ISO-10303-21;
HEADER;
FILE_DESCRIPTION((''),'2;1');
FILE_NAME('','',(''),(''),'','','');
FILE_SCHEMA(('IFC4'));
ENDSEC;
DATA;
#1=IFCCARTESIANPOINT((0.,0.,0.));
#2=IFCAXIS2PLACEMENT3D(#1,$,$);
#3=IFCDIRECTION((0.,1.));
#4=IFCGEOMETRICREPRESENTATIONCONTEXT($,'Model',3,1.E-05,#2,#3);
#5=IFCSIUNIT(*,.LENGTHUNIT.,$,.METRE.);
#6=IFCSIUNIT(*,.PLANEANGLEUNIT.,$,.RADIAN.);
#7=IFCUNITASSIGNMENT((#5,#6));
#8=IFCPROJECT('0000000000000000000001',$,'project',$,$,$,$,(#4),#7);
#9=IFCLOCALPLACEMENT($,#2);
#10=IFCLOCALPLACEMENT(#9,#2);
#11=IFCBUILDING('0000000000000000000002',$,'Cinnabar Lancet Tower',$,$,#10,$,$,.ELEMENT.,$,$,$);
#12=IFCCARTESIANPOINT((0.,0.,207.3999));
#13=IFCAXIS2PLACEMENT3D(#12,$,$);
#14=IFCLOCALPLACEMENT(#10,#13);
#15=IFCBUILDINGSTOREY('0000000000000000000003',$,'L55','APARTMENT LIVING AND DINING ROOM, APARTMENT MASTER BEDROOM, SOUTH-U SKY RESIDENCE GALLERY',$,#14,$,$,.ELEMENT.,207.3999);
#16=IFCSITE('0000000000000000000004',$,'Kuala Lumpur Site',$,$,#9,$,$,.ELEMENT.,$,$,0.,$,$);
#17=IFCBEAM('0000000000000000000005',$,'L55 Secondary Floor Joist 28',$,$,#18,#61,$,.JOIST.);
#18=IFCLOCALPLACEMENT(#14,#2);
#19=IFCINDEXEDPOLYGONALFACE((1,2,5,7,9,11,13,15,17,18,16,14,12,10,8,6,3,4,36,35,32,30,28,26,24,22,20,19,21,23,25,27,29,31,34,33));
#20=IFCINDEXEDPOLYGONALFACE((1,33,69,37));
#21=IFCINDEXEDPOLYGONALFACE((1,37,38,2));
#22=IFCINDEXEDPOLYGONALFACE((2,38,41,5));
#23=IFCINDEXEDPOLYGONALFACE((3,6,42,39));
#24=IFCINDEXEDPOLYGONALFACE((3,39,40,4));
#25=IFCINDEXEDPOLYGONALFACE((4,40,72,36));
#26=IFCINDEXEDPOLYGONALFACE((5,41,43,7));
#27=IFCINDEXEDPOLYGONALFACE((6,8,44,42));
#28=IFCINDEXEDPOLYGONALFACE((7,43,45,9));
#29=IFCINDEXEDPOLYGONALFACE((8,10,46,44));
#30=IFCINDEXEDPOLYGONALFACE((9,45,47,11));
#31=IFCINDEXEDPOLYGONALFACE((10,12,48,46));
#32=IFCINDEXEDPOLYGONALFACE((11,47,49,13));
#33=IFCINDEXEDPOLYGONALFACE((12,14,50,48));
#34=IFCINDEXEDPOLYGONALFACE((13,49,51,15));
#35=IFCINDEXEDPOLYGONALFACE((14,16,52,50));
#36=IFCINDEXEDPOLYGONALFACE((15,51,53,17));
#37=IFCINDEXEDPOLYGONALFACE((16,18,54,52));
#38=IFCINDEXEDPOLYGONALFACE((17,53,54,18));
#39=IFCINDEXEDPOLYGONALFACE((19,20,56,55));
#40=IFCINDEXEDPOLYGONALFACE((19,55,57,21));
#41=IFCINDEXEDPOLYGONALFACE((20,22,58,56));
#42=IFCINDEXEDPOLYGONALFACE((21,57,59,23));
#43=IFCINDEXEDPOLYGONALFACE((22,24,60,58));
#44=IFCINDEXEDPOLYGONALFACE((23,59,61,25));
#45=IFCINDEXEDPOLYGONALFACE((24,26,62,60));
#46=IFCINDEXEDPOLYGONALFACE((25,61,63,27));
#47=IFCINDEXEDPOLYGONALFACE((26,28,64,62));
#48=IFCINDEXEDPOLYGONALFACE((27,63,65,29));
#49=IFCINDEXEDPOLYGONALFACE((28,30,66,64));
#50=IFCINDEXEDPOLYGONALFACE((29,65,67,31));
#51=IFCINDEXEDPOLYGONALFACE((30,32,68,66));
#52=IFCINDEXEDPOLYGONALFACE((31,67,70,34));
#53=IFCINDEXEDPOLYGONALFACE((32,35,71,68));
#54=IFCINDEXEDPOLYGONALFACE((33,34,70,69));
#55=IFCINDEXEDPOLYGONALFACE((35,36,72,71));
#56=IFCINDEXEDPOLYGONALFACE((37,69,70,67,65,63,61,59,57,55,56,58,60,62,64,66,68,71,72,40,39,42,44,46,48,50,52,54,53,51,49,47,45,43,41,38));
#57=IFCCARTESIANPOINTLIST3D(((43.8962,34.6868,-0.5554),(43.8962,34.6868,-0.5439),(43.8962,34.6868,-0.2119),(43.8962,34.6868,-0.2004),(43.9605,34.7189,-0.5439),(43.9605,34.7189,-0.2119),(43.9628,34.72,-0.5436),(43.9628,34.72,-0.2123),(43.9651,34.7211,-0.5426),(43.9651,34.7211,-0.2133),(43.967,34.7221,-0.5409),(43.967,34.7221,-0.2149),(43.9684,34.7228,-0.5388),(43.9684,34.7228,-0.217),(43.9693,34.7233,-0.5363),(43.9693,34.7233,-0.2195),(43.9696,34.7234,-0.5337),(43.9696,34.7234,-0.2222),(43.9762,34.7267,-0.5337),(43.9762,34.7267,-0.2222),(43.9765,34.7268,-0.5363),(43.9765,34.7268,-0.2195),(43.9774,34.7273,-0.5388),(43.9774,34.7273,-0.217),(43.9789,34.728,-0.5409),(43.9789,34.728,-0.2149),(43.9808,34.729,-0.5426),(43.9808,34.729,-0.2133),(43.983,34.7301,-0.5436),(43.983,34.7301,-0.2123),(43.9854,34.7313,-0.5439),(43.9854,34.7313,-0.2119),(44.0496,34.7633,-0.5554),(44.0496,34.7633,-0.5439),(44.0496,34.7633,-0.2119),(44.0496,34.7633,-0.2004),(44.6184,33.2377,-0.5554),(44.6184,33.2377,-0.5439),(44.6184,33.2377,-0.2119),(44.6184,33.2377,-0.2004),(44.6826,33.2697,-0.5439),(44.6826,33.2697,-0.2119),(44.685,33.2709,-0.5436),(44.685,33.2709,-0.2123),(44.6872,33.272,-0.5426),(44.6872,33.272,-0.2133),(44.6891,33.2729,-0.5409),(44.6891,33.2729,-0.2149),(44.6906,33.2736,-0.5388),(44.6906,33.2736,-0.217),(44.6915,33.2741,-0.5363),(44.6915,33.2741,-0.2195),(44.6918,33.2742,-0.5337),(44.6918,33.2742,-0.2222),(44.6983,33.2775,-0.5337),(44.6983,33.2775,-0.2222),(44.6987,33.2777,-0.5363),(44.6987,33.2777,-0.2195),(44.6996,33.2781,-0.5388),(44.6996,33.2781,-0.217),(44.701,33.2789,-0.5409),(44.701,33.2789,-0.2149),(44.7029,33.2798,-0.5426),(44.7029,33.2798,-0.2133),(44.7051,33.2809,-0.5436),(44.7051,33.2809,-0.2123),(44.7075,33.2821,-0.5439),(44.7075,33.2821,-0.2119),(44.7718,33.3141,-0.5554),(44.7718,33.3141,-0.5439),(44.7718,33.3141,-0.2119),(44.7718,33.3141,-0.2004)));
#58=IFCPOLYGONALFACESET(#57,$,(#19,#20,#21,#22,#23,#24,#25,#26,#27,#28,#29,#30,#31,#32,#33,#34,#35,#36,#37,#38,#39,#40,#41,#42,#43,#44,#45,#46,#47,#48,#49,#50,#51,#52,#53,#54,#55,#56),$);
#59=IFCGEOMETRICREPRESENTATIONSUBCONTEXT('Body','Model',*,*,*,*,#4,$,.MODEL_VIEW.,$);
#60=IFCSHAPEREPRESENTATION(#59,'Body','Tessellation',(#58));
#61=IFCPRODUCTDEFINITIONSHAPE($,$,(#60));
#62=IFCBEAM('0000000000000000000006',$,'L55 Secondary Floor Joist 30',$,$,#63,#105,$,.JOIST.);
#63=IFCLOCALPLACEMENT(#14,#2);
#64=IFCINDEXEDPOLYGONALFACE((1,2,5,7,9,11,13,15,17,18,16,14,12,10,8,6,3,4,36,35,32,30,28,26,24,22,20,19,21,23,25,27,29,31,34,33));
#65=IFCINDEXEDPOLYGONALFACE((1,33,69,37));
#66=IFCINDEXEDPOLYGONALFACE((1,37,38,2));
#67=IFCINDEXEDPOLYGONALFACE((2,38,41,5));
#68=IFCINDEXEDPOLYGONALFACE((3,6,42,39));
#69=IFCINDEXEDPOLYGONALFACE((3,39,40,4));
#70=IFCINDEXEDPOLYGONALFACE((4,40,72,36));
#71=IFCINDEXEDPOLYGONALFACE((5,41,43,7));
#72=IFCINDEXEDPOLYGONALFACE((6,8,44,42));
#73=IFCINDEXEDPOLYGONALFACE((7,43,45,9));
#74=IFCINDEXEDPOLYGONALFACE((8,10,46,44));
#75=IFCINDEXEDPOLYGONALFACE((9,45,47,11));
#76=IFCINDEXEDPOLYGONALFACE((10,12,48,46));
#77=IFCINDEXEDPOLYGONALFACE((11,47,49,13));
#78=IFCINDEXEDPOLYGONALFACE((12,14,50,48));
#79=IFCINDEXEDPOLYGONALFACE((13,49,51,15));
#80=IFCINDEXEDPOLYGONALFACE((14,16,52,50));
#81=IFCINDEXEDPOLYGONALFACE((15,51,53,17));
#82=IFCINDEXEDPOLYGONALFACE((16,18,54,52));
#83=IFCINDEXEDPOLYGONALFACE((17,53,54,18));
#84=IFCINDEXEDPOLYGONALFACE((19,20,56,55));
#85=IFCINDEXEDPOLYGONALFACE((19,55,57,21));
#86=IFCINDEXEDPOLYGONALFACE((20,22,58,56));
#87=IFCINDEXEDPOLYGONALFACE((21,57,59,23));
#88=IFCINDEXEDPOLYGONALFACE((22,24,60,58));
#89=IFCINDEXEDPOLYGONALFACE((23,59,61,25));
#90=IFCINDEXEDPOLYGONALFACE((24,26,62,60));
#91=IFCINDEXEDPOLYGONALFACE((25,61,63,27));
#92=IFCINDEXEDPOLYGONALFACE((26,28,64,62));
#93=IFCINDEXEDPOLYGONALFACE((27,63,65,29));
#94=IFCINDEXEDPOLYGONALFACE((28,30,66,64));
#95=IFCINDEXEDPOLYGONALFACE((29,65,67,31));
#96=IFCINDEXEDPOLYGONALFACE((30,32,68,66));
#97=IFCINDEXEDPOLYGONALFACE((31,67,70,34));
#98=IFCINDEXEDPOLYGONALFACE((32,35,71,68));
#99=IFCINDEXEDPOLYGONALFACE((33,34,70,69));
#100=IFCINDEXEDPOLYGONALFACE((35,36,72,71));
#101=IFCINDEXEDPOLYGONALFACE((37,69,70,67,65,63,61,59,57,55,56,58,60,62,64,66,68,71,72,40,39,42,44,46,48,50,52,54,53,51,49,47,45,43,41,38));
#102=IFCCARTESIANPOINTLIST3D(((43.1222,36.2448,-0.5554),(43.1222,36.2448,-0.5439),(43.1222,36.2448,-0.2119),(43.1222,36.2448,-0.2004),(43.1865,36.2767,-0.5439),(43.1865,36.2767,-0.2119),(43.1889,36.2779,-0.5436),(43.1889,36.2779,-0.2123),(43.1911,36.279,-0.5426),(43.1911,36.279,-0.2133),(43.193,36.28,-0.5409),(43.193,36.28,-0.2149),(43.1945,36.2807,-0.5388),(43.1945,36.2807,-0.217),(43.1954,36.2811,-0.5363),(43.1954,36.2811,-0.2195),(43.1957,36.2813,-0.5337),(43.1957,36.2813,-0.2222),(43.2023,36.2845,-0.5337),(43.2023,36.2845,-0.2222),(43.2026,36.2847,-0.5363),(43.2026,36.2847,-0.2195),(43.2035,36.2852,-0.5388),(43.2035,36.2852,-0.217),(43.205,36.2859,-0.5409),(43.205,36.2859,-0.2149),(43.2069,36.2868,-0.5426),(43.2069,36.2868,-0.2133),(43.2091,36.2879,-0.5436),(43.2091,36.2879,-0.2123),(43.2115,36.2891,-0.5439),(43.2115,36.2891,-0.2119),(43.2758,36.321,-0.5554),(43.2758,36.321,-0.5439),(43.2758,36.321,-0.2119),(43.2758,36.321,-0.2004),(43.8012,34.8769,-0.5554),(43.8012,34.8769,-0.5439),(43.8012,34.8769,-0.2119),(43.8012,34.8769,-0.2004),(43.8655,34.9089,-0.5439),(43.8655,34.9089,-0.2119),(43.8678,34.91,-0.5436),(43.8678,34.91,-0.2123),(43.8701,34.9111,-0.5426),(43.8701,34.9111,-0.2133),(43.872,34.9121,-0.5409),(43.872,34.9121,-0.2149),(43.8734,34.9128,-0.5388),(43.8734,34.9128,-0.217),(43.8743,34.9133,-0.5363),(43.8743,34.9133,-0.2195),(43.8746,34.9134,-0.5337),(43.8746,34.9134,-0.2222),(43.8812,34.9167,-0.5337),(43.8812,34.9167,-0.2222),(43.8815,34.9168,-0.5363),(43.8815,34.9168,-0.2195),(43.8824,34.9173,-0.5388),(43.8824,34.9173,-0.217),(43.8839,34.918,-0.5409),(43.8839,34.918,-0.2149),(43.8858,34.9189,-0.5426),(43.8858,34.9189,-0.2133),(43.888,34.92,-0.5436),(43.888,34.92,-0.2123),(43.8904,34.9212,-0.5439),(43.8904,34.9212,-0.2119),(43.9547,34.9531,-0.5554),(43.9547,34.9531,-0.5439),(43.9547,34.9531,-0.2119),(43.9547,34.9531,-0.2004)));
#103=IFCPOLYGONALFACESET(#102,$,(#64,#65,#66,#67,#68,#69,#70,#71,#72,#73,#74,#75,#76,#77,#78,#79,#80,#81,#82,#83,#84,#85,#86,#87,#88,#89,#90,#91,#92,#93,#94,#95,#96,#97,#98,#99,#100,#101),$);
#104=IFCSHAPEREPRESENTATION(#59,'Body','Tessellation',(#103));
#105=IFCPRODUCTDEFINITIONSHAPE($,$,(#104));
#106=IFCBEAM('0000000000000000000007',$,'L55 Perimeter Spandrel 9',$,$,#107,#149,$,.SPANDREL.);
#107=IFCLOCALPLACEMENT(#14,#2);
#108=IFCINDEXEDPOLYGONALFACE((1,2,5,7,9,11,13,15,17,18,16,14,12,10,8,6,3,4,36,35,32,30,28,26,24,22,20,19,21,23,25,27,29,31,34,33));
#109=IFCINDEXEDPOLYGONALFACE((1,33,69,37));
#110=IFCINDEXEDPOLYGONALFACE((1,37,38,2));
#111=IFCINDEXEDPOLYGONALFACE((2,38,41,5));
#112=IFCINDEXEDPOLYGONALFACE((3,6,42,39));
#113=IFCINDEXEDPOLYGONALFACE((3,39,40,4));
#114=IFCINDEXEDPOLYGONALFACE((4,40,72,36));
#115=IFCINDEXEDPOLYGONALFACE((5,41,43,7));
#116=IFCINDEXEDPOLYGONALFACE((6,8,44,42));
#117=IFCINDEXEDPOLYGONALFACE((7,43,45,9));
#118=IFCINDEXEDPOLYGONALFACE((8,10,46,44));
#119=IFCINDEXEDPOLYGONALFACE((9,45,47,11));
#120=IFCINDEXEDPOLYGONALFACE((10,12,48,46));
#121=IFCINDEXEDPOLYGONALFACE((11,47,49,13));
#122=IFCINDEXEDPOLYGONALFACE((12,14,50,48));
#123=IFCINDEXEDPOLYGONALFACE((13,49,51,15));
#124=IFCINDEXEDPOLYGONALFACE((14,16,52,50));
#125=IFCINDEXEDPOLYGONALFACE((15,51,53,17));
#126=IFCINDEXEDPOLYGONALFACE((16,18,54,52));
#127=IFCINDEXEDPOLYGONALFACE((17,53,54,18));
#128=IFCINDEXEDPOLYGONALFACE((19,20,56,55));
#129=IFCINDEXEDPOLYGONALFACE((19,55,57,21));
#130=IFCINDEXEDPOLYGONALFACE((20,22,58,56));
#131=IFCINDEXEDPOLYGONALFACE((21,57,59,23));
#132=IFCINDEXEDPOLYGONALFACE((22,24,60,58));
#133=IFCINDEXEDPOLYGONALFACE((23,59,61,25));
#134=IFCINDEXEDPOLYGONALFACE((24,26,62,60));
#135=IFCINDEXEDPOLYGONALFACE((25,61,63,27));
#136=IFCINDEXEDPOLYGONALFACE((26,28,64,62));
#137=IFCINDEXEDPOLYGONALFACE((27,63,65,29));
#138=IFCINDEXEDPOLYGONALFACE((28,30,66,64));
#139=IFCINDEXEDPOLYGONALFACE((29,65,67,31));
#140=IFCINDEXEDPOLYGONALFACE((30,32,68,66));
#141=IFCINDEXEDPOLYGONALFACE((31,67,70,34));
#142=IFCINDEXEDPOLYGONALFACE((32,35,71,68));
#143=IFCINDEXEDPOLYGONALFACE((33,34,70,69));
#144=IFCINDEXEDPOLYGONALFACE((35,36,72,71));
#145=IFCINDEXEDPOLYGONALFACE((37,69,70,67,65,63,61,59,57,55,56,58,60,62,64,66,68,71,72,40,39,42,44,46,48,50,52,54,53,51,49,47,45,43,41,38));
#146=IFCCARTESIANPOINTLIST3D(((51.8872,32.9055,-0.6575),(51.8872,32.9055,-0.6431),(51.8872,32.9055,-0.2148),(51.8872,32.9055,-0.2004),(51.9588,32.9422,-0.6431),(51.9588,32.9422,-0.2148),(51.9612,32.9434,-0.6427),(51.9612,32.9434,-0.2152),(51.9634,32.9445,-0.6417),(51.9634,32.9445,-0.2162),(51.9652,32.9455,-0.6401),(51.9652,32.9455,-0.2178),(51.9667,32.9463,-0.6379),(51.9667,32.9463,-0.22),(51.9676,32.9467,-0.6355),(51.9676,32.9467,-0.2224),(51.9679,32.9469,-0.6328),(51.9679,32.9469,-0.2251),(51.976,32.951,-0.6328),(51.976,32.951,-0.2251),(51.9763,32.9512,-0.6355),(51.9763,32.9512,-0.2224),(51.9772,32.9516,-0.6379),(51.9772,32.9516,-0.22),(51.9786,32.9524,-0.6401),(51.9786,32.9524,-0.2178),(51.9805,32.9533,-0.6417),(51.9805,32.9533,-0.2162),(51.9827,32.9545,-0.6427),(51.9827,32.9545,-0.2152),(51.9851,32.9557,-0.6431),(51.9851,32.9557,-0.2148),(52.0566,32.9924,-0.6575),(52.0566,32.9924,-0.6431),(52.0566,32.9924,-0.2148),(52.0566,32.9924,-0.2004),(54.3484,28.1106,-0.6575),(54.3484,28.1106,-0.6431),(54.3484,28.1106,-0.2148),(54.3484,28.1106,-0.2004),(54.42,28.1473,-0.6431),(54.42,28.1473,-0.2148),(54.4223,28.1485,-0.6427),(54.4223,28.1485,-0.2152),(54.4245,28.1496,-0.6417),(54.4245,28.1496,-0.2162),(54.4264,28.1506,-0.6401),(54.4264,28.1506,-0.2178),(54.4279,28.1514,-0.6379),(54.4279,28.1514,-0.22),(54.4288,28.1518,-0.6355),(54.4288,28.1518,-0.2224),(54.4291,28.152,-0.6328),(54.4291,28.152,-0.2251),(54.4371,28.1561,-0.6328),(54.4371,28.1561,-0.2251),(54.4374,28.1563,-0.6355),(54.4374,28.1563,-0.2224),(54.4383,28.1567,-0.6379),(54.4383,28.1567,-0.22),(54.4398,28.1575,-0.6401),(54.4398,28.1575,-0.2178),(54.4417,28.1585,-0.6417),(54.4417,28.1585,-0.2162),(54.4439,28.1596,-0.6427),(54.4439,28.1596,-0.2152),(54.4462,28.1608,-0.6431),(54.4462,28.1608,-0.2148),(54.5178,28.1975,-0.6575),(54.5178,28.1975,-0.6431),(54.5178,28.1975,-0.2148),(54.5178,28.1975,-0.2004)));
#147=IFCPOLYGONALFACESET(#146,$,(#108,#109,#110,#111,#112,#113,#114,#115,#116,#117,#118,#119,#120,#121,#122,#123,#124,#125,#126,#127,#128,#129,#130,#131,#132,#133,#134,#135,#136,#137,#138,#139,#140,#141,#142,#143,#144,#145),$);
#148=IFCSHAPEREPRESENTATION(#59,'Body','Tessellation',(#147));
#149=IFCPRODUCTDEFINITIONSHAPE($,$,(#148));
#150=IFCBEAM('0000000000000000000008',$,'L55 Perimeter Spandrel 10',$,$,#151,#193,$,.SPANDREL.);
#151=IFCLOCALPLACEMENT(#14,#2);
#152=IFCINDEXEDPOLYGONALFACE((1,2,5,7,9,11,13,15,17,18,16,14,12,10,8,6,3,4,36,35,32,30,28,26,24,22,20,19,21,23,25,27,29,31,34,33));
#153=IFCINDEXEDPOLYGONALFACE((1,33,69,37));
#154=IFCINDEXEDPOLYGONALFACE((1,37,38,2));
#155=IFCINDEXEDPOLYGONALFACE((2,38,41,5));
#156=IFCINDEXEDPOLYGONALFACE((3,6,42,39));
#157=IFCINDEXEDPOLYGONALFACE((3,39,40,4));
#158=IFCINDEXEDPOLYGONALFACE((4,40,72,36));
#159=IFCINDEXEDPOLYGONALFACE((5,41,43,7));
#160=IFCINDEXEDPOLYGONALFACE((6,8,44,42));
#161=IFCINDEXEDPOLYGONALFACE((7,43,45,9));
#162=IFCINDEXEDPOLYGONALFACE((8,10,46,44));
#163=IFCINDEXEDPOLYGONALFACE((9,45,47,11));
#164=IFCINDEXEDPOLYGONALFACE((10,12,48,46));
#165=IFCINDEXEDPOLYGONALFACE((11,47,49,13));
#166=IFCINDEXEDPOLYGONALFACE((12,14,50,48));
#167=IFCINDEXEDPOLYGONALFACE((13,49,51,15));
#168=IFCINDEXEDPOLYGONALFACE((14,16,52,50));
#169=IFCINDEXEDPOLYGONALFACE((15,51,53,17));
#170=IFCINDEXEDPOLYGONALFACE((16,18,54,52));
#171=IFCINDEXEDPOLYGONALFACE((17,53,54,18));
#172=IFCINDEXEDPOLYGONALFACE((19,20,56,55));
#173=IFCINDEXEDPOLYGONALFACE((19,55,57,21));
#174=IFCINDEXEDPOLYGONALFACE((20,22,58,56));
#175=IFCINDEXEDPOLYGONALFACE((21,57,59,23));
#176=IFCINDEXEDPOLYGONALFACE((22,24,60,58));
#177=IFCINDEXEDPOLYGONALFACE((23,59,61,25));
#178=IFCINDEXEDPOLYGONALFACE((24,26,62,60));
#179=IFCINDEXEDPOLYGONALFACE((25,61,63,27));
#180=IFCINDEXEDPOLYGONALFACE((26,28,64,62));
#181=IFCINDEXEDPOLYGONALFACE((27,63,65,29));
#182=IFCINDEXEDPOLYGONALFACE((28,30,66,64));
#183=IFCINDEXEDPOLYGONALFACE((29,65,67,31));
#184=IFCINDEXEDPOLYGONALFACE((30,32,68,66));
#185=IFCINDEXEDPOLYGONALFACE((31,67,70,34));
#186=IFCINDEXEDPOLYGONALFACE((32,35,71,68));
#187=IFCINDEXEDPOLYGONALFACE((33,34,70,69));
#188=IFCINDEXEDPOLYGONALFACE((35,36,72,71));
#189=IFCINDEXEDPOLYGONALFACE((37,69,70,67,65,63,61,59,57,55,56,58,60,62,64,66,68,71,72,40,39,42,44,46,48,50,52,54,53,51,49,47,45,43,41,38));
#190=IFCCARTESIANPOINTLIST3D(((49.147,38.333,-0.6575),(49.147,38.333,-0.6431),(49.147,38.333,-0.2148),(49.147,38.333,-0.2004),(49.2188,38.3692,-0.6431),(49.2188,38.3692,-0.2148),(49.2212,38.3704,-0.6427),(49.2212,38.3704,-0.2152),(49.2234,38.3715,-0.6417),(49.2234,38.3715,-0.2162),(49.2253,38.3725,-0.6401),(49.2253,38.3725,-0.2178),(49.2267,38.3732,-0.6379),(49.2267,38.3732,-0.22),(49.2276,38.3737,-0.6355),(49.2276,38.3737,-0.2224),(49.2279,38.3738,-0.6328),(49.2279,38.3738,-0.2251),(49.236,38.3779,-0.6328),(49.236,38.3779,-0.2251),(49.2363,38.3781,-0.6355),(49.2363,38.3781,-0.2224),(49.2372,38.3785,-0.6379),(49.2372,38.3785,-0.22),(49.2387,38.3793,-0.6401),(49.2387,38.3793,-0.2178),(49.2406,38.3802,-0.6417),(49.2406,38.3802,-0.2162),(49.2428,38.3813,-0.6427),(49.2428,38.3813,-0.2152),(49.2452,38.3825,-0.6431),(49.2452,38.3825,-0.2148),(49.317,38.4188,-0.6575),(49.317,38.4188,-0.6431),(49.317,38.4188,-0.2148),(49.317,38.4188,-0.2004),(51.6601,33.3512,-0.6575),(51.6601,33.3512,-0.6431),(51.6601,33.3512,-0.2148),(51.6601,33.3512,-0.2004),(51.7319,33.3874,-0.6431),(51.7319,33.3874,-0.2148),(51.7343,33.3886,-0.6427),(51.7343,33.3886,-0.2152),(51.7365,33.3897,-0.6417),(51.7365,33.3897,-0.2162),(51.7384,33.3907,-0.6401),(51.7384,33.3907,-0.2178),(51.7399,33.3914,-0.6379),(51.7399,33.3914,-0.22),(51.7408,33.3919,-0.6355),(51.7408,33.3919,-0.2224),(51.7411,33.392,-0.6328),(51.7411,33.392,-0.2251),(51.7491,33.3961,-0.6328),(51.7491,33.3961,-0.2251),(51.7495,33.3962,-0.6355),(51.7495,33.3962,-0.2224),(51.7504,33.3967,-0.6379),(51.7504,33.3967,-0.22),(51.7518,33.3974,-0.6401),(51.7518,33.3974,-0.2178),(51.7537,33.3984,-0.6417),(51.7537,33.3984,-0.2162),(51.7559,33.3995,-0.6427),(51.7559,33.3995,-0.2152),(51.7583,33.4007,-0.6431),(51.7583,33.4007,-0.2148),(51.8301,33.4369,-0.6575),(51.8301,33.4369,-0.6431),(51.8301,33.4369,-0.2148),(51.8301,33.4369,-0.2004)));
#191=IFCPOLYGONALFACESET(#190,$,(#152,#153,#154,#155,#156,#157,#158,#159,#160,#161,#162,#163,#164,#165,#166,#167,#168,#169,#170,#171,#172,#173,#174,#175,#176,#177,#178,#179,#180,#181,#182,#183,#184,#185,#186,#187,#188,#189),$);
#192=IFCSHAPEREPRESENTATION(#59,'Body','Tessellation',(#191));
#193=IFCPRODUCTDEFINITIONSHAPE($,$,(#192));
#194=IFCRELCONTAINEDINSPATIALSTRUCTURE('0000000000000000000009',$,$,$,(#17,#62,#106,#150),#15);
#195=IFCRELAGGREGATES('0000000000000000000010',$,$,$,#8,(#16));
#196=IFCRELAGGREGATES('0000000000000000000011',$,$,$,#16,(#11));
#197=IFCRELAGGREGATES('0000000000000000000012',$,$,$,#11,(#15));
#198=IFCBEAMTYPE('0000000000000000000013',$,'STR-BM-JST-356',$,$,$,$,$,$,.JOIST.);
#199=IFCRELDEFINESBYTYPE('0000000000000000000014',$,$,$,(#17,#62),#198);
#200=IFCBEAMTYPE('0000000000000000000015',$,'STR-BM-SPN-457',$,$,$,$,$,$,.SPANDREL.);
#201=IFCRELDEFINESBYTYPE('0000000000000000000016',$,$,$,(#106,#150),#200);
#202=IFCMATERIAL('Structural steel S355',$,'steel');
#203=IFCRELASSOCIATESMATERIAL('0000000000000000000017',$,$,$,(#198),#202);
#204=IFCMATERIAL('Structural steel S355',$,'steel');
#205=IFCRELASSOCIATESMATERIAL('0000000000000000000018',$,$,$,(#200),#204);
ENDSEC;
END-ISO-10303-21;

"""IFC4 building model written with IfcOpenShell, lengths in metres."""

from ifc_helpers import new_model, si_unit, direction, frame, origin, origin_2d, place, context, subcontext, project, spatial, i_section, extrude, material, material_profile, profile_set, type_object, element, save


model = new_model("IFC4")

# Units and contexts
model_context = context("Model", 3, precision=1e-05, world=origin(), true_north=direction((0.0, 1.0)))
body_context = subcontext(model_context, "Body", "Model", "MODEL_VIEW")
ifc_project = project(units=[si_unit("LENGTHUNIT", "METRE"), si_unit("PLANEANGLEUNIT", "RADIAN")], contexts=[model_context])

# Site, building, storey
site_placement = place(None, origin())
site = spatial("IfcSite", under=ifc_project, at=site_placement, Name="Kuala Lumpur Site", CompositionType="ELEMENT", RefElevation=0.0)
building_placement = place(site_placement, origin())
building = spatial("IfcBuilding", under=site, at=building_placement, Name="Cinnabar Lancet Tower", CompositionType="ELEMENT")
storey_placement = place(building_placement, frame((0.0, 0.0, 207.3999)))
storey = spatial("IfcBuildingStorey", under=building, at=storey_placement, Name="L55", Description="APARTMENT LIVING AND DINING ROOM, APARTMENT MASTER BEDROOM, SOUTH-U SKY RESIDENCE GALLERY", CompositionType="ELEMENT", Elevation=207.3999)

# Beams
ifc_material_1 = material(Name="Structural steel S355", Category="steel")
ifc_material_profile_1 = material_profile(ifc_material_1, i_section(OverallWidth=0.1714, OverallDepth=0.355, WebThickness=0.0073, FlangeThickness=0.0115, FilletRadius=0.0103, at=origin_2d()), Name="UKB 356x171x51")
ifc_profile_set_1 = profile_set([ifc_material_profile_1], Name="Structural steel S355")
beam_type_1 = type_object("IfcBeamType", Name="STR-BM-JST-356", PredefinedType="JOIST", material=ifc_profile_set_1)
beam_1_placement = place(storey_placement, frame((44.6951, 33.2759, -0.3779), z_axis=(-0.446007, 0.895029, 0.0), x_axis=(-0.895029, -0.446007, 0.0)))
element("IfcBeam", 1, at=beam_1_placement, inside=storey, type_object=beam_type_1, Name="L55 Secondary Floor Joist 28", PredefinedType="JOIST", context=body_context, shape_type="SweptSolid", body=[
    extrude(i_section(OverallWidth=0.1714, OverallDepth=0.355, WebThickness=0.0073, FlangeThickness=0.0115, FilletRadius=0.0103, at=origin_2d()), origin(), (0.0, 0.0, 1.0), 1.6191),
])
beam_2_placement = place(storey_placement, frame((43.8779, 34.915, -0.3779), z_axis=(-0.44459, 0.895734, 0.0), x_axis=(-0.895734, -0.44459, 0.0)))
element("IfcBeam", 2, at=beam_2_placement, inside=storey, type_object=beam_type_1, Name="L55 Secondary Floor Joist 30", PredefinedType="JOIST", context=body_context, shape_type="SweptSolid", body=[
    extrude(i_section(OverallWidth=0.1714, OverallDepth=0.355, WebThickness=0.0073, FlangeThickness=0.0115, FilletRadius=0.0103, at=origin_2d()), origin(), (0.0, 0.0, 1.0), 1.5271),
])
ifc_material_2 = material(Name="Structural steel S355", Category="steel")
ifc_material_profile_2 = material_profile(ifc_material_2, i_section(OverallWidth=0.1904, OverallDepth=0.457, WebThickness=0.009, FlangeThickness=0.0144, FilletRadius=0.0103, at=origin_2d()), Name="UKB 457x191x74")
ifc_profile_set_2 = profile_set([ifc_material_profile_2], Name="Structural steel S355")
beam_type_2 = type_object("IfcBeamType", Name="STR-BM-SPN-457", PredefinedType="SPANDREL", material=ifc_profile_set_2)
beam_3_placement = place(storey_placement, frame((54.4331, 28.1541, -0.429), z_axis=(-0.456647, 0.889648, 0.0), x_axis=(-0.889648, -0.456647, 0.0)))
element("IfcBeam", 3, at=beam_3_placement, inside=storey, type_object=beam_type_2, Name="L55 Perimeter Spandrel 9", PredefinedType="SPANDREL", context=body_context, shape_type="SweptSolid", body=[
    extrude(i_section(OverallWidth=0.1904, OverallDepth=0.457, WebThickness=0.009, FlangeThickness=0.0144, FilletRadius=0.0103, at=origin_2d()), origin(), (0.0, 0.0, 1.0), 5.3896),
])
beam_4_placement = place(storey_placement, frame((51.7451, 33.394, -0.429), z_axis=(-0.450396, 0.892829, 0.0), x_axis=(-0.892829, -0.450396, 0.0)))
element("IfcBeam", 4, at=beam_4_placement, inside=storey, type_object=beam_type_2, Name="L55 Perimeter Spandrel 10", PredefinedType="SPANDREL", context=body_context, shape_type="SweptSolid", body=[
    extrude(i_section(OverallWidth=0.1904, OverallDepth=0.457, WebThickness=0.009, FlangeThickness=0.0144, FilletRadius=0.0103, at=origin_2d()), origin(), (0.0, 0.0, 1.0), 5.5798),
])

save(model, "model.ifc")
